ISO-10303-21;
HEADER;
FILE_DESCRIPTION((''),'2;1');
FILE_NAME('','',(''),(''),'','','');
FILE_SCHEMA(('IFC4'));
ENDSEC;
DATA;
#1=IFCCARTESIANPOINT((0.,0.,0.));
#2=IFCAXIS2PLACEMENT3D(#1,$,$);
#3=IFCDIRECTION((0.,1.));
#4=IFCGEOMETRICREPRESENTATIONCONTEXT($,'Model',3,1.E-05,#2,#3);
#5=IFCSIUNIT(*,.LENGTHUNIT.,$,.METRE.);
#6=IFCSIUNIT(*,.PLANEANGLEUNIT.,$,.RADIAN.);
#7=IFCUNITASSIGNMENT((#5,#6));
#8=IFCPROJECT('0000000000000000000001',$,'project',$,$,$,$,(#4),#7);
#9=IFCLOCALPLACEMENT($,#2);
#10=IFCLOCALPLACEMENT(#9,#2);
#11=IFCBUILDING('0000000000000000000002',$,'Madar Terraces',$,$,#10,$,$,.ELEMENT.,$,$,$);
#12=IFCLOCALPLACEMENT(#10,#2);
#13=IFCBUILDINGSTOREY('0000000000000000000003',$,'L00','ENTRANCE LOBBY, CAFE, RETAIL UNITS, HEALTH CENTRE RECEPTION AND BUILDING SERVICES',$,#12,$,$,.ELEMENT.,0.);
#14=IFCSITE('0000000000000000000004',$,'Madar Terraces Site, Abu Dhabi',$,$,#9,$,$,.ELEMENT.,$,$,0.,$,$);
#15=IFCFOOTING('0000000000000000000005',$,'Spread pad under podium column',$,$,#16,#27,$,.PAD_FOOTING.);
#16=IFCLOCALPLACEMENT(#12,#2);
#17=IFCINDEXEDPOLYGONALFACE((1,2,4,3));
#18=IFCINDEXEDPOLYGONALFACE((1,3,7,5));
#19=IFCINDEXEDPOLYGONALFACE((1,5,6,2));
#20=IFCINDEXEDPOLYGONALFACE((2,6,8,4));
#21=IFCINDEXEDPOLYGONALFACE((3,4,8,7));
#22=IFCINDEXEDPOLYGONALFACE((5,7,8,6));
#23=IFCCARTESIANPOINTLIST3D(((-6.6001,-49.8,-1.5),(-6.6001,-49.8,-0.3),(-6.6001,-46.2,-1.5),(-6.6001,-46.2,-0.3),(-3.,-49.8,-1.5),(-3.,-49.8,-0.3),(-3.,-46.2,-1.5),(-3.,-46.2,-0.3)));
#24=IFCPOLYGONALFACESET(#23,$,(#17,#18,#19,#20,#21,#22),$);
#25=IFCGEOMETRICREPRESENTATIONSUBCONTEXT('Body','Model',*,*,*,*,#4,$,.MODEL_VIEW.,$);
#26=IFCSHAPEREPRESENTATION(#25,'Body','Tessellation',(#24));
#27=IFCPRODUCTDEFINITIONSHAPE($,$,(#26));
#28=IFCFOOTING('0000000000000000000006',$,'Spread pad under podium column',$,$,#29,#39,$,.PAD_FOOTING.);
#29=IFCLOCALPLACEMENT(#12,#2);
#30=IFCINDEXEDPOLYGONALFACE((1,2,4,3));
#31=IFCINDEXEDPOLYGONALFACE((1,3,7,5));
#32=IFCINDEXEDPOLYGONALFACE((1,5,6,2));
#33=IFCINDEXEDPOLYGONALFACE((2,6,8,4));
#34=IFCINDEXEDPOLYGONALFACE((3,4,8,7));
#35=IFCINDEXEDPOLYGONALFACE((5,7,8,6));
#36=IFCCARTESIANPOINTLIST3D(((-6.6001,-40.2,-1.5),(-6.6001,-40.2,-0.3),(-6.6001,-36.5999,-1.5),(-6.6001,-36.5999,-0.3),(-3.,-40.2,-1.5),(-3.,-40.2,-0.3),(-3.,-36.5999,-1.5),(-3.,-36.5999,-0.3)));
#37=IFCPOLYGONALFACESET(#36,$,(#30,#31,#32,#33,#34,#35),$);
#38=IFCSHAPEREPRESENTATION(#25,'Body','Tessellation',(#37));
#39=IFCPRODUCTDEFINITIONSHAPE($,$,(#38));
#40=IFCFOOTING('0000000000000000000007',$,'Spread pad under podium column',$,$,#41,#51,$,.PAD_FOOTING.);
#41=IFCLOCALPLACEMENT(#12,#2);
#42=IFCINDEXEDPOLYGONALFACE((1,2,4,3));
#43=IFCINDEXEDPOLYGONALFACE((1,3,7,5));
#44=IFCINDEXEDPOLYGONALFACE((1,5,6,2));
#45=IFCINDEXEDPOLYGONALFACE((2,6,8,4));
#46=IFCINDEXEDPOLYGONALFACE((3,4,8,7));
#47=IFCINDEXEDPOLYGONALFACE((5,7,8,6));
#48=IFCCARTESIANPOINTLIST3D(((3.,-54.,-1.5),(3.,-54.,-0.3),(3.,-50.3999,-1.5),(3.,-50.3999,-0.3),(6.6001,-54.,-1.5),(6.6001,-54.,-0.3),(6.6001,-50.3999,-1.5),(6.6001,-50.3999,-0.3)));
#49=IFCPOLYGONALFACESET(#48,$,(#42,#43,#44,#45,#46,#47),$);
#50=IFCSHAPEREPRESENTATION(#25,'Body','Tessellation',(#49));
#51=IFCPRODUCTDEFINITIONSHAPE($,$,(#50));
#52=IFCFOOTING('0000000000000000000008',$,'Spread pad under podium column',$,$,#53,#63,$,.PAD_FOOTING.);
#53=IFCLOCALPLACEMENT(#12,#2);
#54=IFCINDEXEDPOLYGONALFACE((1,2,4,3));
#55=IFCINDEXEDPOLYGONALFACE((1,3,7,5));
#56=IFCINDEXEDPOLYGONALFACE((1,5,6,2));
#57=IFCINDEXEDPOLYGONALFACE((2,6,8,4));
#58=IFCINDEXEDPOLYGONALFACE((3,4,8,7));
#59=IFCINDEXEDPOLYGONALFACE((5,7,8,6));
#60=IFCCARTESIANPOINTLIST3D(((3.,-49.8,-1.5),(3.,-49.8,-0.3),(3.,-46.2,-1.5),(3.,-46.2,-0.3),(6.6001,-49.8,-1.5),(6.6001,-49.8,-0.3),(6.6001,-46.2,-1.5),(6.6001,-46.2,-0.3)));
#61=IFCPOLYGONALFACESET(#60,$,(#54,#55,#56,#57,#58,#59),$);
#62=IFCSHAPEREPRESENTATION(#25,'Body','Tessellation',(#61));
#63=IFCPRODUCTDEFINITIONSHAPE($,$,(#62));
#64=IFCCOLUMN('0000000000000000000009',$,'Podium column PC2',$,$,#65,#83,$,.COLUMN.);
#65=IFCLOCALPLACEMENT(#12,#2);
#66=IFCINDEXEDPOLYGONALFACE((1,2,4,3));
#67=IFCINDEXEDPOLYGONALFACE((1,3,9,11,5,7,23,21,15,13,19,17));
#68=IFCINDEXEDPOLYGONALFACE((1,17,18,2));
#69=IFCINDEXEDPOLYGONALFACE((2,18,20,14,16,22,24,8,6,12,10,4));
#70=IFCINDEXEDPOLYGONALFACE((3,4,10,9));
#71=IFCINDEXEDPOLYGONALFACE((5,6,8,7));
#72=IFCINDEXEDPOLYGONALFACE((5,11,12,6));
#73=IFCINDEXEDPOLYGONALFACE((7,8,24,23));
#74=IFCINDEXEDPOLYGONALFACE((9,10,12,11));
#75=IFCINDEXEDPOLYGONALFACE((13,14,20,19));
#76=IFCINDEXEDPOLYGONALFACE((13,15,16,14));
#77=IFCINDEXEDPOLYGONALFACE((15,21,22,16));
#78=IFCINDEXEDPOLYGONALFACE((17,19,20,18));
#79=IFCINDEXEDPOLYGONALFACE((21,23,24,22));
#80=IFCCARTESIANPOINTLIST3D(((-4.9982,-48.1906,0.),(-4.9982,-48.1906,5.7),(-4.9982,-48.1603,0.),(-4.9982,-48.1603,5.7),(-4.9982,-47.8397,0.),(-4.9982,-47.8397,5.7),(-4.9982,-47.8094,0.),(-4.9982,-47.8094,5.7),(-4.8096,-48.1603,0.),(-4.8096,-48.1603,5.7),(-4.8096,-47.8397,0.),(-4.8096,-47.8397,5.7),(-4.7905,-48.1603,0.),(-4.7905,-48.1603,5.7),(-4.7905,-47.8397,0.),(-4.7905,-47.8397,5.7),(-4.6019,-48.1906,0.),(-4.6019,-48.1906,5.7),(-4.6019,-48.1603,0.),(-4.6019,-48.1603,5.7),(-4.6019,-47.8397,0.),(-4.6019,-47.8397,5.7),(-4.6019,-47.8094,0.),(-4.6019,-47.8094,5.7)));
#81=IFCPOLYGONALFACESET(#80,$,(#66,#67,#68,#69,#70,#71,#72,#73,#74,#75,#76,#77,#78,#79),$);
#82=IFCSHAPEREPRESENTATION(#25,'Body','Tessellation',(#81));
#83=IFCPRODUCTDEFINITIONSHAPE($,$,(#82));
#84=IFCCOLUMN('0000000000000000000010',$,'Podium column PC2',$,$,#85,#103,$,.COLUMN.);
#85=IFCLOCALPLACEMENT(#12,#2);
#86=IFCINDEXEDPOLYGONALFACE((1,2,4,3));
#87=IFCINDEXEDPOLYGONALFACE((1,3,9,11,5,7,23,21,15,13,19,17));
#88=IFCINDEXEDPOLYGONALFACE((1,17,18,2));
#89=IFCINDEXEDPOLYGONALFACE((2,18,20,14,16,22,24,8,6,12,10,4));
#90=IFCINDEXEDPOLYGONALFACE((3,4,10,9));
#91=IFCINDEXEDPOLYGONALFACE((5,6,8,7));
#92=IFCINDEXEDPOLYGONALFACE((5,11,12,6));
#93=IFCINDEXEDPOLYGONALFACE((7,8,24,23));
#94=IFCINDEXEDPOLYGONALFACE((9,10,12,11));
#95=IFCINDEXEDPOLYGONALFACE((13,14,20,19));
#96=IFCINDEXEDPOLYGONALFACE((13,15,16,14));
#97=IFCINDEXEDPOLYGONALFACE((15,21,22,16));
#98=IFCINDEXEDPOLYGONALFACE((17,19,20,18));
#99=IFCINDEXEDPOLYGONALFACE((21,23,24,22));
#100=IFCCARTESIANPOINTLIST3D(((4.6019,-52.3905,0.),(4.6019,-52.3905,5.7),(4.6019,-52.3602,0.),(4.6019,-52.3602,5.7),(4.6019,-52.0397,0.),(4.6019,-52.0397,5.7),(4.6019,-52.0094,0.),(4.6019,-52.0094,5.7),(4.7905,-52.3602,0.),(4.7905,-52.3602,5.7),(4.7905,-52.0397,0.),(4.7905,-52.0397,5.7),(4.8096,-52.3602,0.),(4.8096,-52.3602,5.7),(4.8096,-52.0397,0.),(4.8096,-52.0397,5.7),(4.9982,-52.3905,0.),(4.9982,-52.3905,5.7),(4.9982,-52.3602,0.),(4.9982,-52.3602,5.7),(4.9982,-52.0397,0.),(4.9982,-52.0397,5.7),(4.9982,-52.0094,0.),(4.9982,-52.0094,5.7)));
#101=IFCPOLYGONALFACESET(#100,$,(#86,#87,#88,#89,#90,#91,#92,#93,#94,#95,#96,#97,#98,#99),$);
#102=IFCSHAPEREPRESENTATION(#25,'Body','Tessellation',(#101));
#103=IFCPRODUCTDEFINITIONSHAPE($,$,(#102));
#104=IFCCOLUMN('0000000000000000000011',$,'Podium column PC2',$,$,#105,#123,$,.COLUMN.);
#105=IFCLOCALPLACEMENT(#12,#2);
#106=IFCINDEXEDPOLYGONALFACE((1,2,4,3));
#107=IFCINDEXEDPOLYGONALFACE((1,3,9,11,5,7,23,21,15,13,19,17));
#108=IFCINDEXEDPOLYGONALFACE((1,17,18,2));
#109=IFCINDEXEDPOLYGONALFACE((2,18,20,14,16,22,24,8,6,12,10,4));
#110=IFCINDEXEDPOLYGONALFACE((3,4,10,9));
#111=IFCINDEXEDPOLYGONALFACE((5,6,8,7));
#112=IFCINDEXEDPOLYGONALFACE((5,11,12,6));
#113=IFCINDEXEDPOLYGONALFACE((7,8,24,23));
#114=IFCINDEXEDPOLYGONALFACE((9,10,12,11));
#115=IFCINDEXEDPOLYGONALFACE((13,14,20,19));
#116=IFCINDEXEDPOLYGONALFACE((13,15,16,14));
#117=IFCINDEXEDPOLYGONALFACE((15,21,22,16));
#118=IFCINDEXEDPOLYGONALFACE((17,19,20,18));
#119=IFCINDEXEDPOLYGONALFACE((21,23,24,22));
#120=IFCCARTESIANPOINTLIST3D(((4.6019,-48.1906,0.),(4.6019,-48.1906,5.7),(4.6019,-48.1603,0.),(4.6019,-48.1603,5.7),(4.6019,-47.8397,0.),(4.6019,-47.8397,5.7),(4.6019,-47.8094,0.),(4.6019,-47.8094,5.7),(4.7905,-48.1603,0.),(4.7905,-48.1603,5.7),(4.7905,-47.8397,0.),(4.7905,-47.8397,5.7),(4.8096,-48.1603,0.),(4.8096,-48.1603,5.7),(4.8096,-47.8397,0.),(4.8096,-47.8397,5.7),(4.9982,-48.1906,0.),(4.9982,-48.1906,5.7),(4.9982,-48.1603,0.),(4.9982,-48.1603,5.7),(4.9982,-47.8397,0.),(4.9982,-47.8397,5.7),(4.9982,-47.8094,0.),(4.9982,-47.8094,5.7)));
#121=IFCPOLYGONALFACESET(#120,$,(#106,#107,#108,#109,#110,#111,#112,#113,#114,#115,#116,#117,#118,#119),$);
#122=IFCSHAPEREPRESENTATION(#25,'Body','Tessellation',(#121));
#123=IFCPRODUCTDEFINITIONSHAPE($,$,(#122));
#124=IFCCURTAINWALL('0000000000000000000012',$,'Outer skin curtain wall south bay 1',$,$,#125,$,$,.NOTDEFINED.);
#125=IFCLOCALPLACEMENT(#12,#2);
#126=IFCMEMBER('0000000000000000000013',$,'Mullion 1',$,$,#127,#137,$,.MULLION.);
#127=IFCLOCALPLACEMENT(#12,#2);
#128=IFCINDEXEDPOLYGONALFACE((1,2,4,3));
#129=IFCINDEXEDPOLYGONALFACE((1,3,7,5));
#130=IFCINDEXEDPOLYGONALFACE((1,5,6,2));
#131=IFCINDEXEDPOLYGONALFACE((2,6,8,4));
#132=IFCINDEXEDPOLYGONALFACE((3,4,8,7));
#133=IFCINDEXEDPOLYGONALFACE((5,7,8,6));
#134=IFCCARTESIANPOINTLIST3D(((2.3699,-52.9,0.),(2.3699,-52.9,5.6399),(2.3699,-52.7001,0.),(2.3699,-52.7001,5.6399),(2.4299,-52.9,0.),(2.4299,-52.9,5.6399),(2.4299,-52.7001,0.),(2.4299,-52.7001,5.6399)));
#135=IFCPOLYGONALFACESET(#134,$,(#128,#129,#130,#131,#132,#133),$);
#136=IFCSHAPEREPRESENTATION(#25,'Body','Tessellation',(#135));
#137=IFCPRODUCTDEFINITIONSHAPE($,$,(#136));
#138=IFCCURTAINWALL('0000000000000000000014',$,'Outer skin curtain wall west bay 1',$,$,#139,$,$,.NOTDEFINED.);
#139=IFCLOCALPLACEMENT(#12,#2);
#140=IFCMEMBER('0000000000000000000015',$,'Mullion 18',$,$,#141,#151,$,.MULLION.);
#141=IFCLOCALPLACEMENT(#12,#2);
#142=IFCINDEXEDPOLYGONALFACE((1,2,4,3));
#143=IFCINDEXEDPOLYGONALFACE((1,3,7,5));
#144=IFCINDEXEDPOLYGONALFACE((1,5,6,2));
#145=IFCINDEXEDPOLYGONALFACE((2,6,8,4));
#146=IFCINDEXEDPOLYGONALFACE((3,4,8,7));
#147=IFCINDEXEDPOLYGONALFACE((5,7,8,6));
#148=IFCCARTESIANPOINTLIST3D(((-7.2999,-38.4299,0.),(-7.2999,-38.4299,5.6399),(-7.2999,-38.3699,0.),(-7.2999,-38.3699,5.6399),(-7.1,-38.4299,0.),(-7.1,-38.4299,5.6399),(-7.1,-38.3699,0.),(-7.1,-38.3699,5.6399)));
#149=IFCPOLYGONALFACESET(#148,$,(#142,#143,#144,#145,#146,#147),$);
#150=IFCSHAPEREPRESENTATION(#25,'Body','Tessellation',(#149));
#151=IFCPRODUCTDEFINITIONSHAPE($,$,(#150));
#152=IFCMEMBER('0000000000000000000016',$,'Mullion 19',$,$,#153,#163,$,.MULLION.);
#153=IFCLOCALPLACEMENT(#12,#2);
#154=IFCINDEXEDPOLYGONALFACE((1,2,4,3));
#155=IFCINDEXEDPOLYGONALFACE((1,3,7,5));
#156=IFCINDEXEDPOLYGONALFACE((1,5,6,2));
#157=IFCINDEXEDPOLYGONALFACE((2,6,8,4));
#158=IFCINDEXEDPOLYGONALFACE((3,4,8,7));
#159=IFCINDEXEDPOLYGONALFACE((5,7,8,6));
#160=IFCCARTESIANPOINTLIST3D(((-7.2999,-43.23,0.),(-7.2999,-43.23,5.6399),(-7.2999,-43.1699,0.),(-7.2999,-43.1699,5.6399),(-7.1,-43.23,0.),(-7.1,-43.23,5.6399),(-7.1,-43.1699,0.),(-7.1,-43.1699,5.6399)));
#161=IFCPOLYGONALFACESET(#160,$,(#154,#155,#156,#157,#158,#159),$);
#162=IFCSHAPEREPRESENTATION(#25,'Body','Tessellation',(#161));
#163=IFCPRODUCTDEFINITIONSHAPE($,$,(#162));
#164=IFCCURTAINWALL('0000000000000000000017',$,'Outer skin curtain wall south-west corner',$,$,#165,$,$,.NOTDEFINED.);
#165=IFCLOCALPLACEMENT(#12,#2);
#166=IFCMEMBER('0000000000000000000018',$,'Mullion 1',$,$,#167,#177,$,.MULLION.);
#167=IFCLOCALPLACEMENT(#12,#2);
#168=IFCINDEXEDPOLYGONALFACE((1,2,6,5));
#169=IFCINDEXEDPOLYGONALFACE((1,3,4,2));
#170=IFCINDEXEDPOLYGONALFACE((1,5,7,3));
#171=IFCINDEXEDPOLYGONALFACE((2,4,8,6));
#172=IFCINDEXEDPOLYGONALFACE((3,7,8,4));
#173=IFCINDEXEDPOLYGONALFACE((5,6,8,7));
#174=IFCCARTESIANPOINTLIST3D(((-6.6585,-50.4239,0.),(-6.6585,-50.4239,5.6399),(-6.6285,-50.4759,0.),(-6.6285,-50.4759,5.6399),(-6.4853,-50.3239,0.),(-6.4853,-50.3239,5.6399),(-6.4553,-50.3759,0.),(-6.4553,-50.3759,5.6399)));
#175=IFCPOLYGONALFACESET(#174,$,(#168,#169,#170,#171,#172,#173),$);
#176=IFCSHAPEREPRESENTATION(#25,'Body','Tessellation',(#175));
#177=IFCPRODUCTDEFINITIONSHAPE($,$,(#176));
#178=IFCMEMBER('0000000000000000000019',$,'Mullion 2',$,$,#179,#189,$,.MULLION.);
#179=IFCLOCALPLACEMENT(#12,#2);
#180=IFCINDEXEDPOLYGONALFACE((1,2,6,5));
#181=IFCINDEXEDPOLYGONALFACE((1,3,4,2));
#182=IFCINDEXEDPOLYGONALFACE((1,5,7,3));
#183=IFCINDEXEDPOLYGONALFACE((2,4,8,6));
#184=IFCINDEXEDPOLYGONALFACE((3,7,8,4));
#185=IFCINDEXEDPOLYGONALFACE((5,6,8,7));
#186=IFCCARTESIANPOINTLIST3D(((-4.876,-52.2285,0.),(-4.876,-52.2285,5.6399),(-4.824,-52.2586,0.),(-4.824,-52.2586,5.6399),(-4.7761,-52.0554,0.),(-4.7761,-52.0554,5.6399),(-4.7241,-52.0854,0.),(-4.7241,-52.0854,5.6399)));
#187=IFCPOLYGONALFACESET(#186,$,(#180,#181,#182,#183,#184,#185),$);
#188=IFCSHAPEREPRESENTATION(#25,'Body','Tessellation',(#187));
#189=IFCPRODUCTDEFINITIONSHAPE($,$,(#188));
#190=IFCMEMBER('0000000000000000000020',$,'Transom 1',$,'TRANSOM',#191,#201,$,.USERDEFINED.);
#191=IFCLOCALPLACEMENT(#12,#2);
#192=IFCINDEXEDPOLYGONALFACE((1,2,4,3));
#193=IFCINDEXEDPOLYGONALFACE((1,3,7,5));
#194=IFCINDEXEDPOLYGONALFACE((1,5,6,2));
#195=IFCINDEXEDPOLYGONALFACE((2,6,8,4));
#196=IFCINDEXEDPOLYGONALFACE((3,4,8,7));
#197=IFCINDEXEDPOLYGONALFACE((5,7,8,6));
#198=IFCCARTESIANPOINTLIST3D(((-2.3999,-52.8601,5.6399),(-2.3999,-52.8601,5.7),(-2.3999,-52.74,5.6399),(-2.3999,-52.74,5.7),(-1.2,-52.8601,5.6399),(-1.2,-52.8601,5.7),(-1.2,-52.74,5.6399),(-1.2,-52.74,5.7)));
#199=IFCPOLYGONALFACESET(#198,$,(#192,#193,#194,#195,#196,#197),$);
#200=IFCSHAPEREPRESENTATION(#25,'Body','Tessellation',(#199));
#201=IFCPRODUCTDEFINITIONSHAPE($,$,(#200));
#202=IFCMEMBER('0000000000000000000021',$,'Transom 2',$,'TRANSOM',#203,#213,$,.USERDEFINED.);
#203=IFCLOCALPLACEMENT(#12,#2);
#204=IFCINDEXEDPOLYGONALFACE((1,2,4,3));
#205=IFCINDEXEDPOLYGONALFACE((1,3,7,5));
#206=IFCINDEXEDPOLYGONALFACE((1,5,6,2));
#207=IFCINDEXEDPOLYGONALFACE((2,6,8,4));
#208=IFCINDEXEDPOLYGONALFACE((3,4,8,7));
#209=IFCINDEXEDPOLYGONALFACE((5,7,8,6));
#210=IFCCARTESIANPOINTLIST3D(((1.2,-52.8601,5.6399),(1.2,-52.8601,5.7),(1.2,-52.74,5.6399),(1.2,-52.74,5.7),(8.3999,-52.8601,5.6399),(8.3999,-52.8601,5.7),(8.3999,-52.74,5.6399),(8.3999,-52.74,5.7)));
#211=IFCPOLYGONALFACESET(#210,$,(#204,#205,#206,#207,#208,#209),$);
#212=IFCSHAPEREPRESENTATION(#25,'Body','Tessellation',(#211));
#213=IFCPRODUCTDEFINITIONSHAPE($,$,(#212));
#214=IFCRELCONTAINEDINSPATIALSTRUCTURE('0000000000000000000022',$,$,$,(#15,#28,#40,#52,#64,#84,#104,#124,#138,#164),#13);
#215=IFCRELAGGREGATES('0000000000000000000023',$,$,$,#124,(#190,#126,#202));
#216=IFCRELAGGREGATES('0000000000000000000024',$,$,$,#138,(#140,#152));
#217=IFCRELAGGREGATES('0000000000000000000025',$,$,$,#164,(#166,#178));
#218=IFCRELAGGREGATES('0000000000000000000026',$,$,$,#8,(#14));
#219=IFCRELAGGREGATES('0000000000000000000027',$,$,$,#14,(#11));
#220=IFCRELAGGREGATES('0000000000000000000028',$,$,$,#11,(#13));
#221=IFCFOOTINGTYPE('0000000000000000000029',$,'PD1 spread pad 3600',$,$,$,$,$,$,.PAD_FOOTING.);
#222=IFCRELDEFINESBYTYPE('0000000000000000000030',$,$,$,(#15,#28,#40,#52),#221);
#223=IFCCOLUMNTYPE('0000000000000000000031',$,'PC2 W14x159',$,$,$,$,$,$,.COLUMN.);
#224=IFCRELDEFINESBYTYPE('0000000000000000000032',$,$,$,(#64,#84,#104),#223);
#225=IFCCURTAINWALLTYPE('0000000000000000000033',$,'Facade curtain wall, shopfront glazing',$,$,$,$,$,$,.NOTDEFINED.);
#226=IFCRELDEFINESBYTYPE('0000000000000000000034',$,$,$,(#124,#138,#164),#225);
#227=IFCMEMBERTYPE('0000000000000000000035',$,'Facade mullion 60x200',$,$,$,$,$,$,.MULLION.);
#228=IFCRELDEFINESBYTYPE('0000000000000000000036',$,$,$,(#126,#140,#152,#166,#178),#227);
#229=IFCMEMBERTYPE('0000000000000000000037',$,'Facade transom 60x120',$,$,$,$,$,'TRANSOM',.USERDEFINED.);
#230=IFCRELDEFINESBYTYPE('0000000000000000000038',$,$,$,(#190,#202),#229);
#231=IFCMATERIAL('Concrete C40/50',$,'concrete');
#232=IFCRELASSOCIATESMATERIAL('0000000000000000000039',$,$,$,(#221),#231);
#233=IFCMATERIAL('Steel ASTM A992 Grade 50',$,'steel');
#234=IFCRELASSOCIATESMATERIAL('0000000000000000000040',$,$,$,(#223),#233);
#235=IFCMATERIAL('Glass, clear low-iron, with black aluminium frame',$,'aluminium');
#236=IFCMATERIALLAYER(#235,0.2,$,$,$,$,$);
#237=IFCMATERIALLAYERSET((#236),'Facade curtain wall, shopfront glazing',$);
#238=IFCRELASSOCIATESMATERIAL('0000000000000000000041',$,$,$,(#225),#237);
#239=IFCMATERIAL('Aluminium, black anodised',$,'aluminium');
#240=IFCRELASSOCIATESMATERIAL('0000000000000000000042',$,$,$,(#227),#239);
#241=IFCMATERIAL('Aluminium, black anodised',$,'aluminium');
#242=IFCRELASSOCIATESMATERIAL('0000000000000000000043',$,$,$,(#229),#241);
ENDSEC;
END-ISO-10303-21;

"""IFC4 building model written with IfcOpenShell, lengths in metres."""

from ifc_helpers import new_model, si_unit, direction, frame, origin, origin_2d, place, context, subcontext, project, spatial, rectangle, i_section, extrude, material, layer, layer_set, material_profile, profile_set, type_object, element, aggregate, save


model = new_model("IFC4")

# Units and contexts
model_context = context("Model", 3, precision=1e-05, world=origin(), true_north=direction((0.0, 1.0)))
body_context = subcontext(model_context, "Body", "Model", "MODEL_VIEW")
ifc_project = project(units=[si_unit("LENGTHUNIT", "METRE"), si_unit("PLANEANGLEUNIT", "RADIAN")], contexts=[model_context])

# Site, building, storey
site_placement = place(None, origin())
site = spatial("IfcSite", under=ifc_project, at=site_placement, Name="Madar Terraces Site, Abu Dhabi", CompositionType="ELEMENT", RefElevation=0.0)
building_placement = place(site_placement, origin())
building = spatial("IfcBuilding", under=site, at=building_placement, Name="Madar Terraces", CompositionType="ELEMENT")
storey_placement = place(building_placement, origin())
storey = spatial("IfcBuildingStorey", under=building, at=storey_placement, Name="L00", Description="ENTRANCE LOBBY, CAFE, RETAIL UNITS, HEALTH CENTRE RECEPTION AND BUILDING SERVICES", CompositionType="ELEMENT", Elevation=0.0)

# Footings
ifc_material_1 = material(Name="Concrete C40/50", Category="concrete")
footing_type = type_object("IfcFootingType", Name="PD1 spread pad 3600", PredefinedType="PAD_FOOTING", material=ifc_material_1)
for number, where, z_axis, x_axis, name in (
    (1, (-4.8, -48.0, -1.5), (0.0, 0.0, 1.0), (1.0, 0.0, 0.0), "Spread pad under podium column"),
    (2, (-4.8, -38.3999, -1.5), (0.0, 0.0, 1.0), (1.0, 0.0, 0.0), "Spread pad under podium column"),
    (3, (4.8, -52.2, -1.5), (0.0, 0.0, 1.0), (1.0, 0.0, 0.0), "Spread pad under podium column"),
    (4, (4.8, -48.0, -1.5), (0.0, 0.0, 1.0), (1.0, 0.0, 0.0), "Spread pad under podium column"),
):
    element("IfcFooting", number, at=place(storey_placement, frame(where, z_axis=z_axis, x_axis=x_axis)), inside=storey, type_object=footing_type, Name=name, PredefinedType="PAD_FOOTING", context=body_context, shape_type="SweptSolid", body=[
        extrude(rectangle(XDim=3.6001, YDim=3.6001, at=origin_2d()), origin(), (0.0, 0.0, 1.0), 1.2),
    ])

# Columns
ifc_material_2 = material(Name="Steel ASTM A992 Grade 50", Category="steel")
ifc_material_profile_1 = material_profile(ifc_material_2, i_section(OverallWidth=0.3962, OverallDepth=0.3811, WebThickness=0.019, FlangeThickness=0.0303, at=origin_2d()), Name="W14x159")
ifc_profile_set_1 = profile_set([ifc_material_profile_1], Name="Steel ASTM A992 Grade 50")
column_type = type_object("IfcColumnType", Name="PC2 W14x159", PredefinedType="COLUMN", material=ifc_profile_set_1)
for number, where, z_axis, x_axis, name in (
    (5, (-4.8, -48.0, 0.0), (0.0, 0.0, 1.0), (1.0, 0.0, 0.0), "Podium column PC2"),
    (6, (4.8, -52.2, 0.0), (0.0, 0.0, 1.0), (1.0, 0.0, 0.0), "Podium column PC2"),
    (7, (4.8, -48.0, 0.0), (0.0, 0.0, 1.0), (1.0, 0.0, 0.0), "Podium column PC2"),
):
    element("IfcColumn", number, at=place(storey_placement, frame(where, z_axis=z_axis, x_axis=x_axis)), inside=storey, type_object=column_type, Name=name, PredefinedType="COLUMN", context=body_context, shape_type="SweptSolid", body=[
        extrude(i_section(OverallWidth=0.3962, OverallDepth=0.3811, WebThickness=0.019, FlangeThickness=0.0303, at=origin_2d()), origin(), (0.0, 0.0, 1.0), 5.7),
    ])

# Curtain wall, member
ifc_material_3 = material(Name="Glass, clear low-iron, with black aluminium frame", Category="aluminium")
ifc_layer_1 = layer(ifc_material_3, 0.2)
ifc_layer_set_1 = layer_set([ifc_layer_1], Name="Facade curtain wall, shopfront glazing")
curtain_wall_type = type_object("IfcCurtainWallType", Name="Facade curtain wall, shopfront glazing", PredefinedType="NOTDEFINED", material=ifc_layer_set_1)
curtain_wall_1_placement = place(storey_placement, origin())
curtain_wall_1 = element("IfcCurtainWall", 8, at=curtain_wall_1_placement, inside=storey, type_object=curtain_wall_type, Name="Outer skin curtain wall south bay 1", PredefinedType="NOTDEFINED")
ifc_material_4 = material(Name="Aluminium, black anodised", Category="aluminium")
ifc_material_profile_2 = material_profile(ifc_material_4, rectangle(XDim=0.2, YDim=0.0601, at=origin_2d()), Name="Facade mullion 60x200")
ifc_profile_set_2 = profile_set([ifc_material_profile_2], Name="Aluminium, black anodised")
member_type_1 = type_object("IfcMemberType", Name="Facade mullion 60x200", PredefinedType="MULLION", material=ifc_profile_set_2)
member_1_placement = place(storey_placement, frame((2.3999, -52.8, 0.0), z_axis=(0.0, 0.0, 1.0), x_axis=(0.0, 1.0, 0.0)))
member_1 = element("IfcMember", 9, at=member_1_placement, type_object=member_type_1, Name="Mullion 1", PredefinedType="MULLION", context=body_context, shape_type="SweptSolid", body=[
    extrude(rectangle(XDim=0.2, YDim=0.0601, at=origin_2d()), origin(), (0.0, 0.0, 1.0), 5.6399),
])

# Curtain walls, members
curtain_wall_2_placement = place(storey_placement, origin())
curtain_wall_2 = element("IfcCurtainWall", 10, at=curtain_wall_2_placement, inside=storey, type_object=curtain_wall_type, Name="Outer skin curtain wall west bay 1", PredefinedType="NOTDEFINED")
member_2_placement = place(storey_placement, frame((-7.2, -38.3999, 0.0), z_axis=(0.0, 0.0, 1.0), x_axis=(1.0, 0.0, 0.0)))
member_2 = element("IfcMember", 11, at=member_2_placement, type_object=member_type_1, Name="Mullion 18", PredefinedType="MULLION", context=body_context, shape_type="SweptSolid", body=[
    extrude(rectangle(XDim=0.2, YDim=0.0601, at=origin_2d()), origin(), (0.0, 0.0, 1.0), 5.6399),
])
member_3_placement = place(storey_placement, frame((-7.2, -43.2, 0.0), z_axis=(0.0, 0.0, 1.0), x_axis=(1.0, 0.0, 0.0)))
member_3 = element("IfcMember", 12, at=member_3_placement, type_object=member_type_1, Name="Mullion 19", PredefinedType="MULLION", context=body_context, shape_type="SweptSolid", body=[
    extrude(rectangle(XDim=0.2, YDim=0.0601, at=origin_2d()), origin(), (0.0, 0.0, 1.0), 5.6399),
])
curtain_wall_3_placement = place(storey_placement, origin())
curtain_wall_3 = element("IfcCurtainWall", 13, at=curtain_wall_3_placement, inside=storey, type_object=curtain_wall_type, Name="Outer skin curtain wall south-west corner", PredefinedType="NOTDEFINED")
member_4_placement = place(storey_placement, frame((-6.5569, -50.3999, 0.0), z_axis=(0.0, 0.0, 1.0), x_axis=(0.866025, 0.5, 0.0)))
member_4 = element("IfcMember", 14, at=member_4_placement, type_object=member_type_1, Name="Mullion 1", PredefinedType="MULLION", context=body_context, shape_type="SweptSolid", body=[
    extrude(rectangle(XDim=0.2, YDim=0.0601, at=origin_2d()), origin(), (0.0, 0.0, 1.0), 5.6399),
])
member_5_placement = place(storey_placement, frame((-4.8, -52.157, 0.0), z_axis=(0.0, 0.0, 1.0), x_axis=(0.5, 0.866025, 0.0)))
member_5 = element("IfcMember", 15, at=member_5_placement, type_object=member_type_1, Name="Mullion 2", PredefinedType="MULLION", context=body_context, shape_type="SweptSolid", body=[
    extrude(rectangle(XDim=0.2, YDim=0.0601, at=origin_2d()), origin(), (0.0, 0.0, 1.0), 5.6399),
])

# Members
ifc_material_5 = material(Name="Aluminium, black anodised", Category="aluminium")
ifc_material_profile_3 = material_profile(ifc_material_5, rectangle(XDim=0.1201, YDim=0.0601, at=origin_2d()), Name="Facade transom 60x120")
ifc_profile_set_3 = profile_set([ifc_material_profile_3], Name="Aluminium, black anodised")
member_type_2 = type_object("IfcMemberType", Name="Facade transom 60x120", ElementType="TRANSOM", PredefinedType="USERDEFINED", material=ifc_profile_set_3)
member_6_placement = place(storey_placement, frame((-2.3999, -52.8, 5.6699), z_axis=(1.0, 0.0, 0.0), x_axis=(0.0, 1.0, 0.0)))
member_6 = element("IfcMember", 16, at=member_6_placement, type_object=member_type_2, Name="Transom 1", ObjectType="TRANSOM", PredefinedType="USERDEFINED", context=body_context, shape_type="SweptSolid", body=[
    extrude(rectangle(XDim=0.1201, YDim=0.0601, at=origin_2d()), origin(), (0.0, 0.0, 1.0), 1.2),
])
member_7_placement = place(storey_placement, frame((1.2, -52.8, 5.6699), z_axis=(1.0, 0.0, 0.0), x_axis=(0.0, 1.0, 0.0)))
member_7 = element("IfcMember", 17, at=member_7_placement, type_object=member_type_2, Name="Transom 2", ObjectType="TRANSOM", PredefinedType="USERDEFINED", context=body_context, shape_type="SweptSolid", body=[
    extrude(rectangle(XDim=0.1201, YDim=0.0601, at=origin_2d()), origin(), (0.0, 0.0, 1.0), 7.2),
])

aggregate(curtain_wall_1, [member_6, member_1, member_7])
aggregate(curtain_wall_2, [member_2, member_3])
aggregate(curtain_wall_3, [member_4, member_5])

save(model, "model.ifc")
